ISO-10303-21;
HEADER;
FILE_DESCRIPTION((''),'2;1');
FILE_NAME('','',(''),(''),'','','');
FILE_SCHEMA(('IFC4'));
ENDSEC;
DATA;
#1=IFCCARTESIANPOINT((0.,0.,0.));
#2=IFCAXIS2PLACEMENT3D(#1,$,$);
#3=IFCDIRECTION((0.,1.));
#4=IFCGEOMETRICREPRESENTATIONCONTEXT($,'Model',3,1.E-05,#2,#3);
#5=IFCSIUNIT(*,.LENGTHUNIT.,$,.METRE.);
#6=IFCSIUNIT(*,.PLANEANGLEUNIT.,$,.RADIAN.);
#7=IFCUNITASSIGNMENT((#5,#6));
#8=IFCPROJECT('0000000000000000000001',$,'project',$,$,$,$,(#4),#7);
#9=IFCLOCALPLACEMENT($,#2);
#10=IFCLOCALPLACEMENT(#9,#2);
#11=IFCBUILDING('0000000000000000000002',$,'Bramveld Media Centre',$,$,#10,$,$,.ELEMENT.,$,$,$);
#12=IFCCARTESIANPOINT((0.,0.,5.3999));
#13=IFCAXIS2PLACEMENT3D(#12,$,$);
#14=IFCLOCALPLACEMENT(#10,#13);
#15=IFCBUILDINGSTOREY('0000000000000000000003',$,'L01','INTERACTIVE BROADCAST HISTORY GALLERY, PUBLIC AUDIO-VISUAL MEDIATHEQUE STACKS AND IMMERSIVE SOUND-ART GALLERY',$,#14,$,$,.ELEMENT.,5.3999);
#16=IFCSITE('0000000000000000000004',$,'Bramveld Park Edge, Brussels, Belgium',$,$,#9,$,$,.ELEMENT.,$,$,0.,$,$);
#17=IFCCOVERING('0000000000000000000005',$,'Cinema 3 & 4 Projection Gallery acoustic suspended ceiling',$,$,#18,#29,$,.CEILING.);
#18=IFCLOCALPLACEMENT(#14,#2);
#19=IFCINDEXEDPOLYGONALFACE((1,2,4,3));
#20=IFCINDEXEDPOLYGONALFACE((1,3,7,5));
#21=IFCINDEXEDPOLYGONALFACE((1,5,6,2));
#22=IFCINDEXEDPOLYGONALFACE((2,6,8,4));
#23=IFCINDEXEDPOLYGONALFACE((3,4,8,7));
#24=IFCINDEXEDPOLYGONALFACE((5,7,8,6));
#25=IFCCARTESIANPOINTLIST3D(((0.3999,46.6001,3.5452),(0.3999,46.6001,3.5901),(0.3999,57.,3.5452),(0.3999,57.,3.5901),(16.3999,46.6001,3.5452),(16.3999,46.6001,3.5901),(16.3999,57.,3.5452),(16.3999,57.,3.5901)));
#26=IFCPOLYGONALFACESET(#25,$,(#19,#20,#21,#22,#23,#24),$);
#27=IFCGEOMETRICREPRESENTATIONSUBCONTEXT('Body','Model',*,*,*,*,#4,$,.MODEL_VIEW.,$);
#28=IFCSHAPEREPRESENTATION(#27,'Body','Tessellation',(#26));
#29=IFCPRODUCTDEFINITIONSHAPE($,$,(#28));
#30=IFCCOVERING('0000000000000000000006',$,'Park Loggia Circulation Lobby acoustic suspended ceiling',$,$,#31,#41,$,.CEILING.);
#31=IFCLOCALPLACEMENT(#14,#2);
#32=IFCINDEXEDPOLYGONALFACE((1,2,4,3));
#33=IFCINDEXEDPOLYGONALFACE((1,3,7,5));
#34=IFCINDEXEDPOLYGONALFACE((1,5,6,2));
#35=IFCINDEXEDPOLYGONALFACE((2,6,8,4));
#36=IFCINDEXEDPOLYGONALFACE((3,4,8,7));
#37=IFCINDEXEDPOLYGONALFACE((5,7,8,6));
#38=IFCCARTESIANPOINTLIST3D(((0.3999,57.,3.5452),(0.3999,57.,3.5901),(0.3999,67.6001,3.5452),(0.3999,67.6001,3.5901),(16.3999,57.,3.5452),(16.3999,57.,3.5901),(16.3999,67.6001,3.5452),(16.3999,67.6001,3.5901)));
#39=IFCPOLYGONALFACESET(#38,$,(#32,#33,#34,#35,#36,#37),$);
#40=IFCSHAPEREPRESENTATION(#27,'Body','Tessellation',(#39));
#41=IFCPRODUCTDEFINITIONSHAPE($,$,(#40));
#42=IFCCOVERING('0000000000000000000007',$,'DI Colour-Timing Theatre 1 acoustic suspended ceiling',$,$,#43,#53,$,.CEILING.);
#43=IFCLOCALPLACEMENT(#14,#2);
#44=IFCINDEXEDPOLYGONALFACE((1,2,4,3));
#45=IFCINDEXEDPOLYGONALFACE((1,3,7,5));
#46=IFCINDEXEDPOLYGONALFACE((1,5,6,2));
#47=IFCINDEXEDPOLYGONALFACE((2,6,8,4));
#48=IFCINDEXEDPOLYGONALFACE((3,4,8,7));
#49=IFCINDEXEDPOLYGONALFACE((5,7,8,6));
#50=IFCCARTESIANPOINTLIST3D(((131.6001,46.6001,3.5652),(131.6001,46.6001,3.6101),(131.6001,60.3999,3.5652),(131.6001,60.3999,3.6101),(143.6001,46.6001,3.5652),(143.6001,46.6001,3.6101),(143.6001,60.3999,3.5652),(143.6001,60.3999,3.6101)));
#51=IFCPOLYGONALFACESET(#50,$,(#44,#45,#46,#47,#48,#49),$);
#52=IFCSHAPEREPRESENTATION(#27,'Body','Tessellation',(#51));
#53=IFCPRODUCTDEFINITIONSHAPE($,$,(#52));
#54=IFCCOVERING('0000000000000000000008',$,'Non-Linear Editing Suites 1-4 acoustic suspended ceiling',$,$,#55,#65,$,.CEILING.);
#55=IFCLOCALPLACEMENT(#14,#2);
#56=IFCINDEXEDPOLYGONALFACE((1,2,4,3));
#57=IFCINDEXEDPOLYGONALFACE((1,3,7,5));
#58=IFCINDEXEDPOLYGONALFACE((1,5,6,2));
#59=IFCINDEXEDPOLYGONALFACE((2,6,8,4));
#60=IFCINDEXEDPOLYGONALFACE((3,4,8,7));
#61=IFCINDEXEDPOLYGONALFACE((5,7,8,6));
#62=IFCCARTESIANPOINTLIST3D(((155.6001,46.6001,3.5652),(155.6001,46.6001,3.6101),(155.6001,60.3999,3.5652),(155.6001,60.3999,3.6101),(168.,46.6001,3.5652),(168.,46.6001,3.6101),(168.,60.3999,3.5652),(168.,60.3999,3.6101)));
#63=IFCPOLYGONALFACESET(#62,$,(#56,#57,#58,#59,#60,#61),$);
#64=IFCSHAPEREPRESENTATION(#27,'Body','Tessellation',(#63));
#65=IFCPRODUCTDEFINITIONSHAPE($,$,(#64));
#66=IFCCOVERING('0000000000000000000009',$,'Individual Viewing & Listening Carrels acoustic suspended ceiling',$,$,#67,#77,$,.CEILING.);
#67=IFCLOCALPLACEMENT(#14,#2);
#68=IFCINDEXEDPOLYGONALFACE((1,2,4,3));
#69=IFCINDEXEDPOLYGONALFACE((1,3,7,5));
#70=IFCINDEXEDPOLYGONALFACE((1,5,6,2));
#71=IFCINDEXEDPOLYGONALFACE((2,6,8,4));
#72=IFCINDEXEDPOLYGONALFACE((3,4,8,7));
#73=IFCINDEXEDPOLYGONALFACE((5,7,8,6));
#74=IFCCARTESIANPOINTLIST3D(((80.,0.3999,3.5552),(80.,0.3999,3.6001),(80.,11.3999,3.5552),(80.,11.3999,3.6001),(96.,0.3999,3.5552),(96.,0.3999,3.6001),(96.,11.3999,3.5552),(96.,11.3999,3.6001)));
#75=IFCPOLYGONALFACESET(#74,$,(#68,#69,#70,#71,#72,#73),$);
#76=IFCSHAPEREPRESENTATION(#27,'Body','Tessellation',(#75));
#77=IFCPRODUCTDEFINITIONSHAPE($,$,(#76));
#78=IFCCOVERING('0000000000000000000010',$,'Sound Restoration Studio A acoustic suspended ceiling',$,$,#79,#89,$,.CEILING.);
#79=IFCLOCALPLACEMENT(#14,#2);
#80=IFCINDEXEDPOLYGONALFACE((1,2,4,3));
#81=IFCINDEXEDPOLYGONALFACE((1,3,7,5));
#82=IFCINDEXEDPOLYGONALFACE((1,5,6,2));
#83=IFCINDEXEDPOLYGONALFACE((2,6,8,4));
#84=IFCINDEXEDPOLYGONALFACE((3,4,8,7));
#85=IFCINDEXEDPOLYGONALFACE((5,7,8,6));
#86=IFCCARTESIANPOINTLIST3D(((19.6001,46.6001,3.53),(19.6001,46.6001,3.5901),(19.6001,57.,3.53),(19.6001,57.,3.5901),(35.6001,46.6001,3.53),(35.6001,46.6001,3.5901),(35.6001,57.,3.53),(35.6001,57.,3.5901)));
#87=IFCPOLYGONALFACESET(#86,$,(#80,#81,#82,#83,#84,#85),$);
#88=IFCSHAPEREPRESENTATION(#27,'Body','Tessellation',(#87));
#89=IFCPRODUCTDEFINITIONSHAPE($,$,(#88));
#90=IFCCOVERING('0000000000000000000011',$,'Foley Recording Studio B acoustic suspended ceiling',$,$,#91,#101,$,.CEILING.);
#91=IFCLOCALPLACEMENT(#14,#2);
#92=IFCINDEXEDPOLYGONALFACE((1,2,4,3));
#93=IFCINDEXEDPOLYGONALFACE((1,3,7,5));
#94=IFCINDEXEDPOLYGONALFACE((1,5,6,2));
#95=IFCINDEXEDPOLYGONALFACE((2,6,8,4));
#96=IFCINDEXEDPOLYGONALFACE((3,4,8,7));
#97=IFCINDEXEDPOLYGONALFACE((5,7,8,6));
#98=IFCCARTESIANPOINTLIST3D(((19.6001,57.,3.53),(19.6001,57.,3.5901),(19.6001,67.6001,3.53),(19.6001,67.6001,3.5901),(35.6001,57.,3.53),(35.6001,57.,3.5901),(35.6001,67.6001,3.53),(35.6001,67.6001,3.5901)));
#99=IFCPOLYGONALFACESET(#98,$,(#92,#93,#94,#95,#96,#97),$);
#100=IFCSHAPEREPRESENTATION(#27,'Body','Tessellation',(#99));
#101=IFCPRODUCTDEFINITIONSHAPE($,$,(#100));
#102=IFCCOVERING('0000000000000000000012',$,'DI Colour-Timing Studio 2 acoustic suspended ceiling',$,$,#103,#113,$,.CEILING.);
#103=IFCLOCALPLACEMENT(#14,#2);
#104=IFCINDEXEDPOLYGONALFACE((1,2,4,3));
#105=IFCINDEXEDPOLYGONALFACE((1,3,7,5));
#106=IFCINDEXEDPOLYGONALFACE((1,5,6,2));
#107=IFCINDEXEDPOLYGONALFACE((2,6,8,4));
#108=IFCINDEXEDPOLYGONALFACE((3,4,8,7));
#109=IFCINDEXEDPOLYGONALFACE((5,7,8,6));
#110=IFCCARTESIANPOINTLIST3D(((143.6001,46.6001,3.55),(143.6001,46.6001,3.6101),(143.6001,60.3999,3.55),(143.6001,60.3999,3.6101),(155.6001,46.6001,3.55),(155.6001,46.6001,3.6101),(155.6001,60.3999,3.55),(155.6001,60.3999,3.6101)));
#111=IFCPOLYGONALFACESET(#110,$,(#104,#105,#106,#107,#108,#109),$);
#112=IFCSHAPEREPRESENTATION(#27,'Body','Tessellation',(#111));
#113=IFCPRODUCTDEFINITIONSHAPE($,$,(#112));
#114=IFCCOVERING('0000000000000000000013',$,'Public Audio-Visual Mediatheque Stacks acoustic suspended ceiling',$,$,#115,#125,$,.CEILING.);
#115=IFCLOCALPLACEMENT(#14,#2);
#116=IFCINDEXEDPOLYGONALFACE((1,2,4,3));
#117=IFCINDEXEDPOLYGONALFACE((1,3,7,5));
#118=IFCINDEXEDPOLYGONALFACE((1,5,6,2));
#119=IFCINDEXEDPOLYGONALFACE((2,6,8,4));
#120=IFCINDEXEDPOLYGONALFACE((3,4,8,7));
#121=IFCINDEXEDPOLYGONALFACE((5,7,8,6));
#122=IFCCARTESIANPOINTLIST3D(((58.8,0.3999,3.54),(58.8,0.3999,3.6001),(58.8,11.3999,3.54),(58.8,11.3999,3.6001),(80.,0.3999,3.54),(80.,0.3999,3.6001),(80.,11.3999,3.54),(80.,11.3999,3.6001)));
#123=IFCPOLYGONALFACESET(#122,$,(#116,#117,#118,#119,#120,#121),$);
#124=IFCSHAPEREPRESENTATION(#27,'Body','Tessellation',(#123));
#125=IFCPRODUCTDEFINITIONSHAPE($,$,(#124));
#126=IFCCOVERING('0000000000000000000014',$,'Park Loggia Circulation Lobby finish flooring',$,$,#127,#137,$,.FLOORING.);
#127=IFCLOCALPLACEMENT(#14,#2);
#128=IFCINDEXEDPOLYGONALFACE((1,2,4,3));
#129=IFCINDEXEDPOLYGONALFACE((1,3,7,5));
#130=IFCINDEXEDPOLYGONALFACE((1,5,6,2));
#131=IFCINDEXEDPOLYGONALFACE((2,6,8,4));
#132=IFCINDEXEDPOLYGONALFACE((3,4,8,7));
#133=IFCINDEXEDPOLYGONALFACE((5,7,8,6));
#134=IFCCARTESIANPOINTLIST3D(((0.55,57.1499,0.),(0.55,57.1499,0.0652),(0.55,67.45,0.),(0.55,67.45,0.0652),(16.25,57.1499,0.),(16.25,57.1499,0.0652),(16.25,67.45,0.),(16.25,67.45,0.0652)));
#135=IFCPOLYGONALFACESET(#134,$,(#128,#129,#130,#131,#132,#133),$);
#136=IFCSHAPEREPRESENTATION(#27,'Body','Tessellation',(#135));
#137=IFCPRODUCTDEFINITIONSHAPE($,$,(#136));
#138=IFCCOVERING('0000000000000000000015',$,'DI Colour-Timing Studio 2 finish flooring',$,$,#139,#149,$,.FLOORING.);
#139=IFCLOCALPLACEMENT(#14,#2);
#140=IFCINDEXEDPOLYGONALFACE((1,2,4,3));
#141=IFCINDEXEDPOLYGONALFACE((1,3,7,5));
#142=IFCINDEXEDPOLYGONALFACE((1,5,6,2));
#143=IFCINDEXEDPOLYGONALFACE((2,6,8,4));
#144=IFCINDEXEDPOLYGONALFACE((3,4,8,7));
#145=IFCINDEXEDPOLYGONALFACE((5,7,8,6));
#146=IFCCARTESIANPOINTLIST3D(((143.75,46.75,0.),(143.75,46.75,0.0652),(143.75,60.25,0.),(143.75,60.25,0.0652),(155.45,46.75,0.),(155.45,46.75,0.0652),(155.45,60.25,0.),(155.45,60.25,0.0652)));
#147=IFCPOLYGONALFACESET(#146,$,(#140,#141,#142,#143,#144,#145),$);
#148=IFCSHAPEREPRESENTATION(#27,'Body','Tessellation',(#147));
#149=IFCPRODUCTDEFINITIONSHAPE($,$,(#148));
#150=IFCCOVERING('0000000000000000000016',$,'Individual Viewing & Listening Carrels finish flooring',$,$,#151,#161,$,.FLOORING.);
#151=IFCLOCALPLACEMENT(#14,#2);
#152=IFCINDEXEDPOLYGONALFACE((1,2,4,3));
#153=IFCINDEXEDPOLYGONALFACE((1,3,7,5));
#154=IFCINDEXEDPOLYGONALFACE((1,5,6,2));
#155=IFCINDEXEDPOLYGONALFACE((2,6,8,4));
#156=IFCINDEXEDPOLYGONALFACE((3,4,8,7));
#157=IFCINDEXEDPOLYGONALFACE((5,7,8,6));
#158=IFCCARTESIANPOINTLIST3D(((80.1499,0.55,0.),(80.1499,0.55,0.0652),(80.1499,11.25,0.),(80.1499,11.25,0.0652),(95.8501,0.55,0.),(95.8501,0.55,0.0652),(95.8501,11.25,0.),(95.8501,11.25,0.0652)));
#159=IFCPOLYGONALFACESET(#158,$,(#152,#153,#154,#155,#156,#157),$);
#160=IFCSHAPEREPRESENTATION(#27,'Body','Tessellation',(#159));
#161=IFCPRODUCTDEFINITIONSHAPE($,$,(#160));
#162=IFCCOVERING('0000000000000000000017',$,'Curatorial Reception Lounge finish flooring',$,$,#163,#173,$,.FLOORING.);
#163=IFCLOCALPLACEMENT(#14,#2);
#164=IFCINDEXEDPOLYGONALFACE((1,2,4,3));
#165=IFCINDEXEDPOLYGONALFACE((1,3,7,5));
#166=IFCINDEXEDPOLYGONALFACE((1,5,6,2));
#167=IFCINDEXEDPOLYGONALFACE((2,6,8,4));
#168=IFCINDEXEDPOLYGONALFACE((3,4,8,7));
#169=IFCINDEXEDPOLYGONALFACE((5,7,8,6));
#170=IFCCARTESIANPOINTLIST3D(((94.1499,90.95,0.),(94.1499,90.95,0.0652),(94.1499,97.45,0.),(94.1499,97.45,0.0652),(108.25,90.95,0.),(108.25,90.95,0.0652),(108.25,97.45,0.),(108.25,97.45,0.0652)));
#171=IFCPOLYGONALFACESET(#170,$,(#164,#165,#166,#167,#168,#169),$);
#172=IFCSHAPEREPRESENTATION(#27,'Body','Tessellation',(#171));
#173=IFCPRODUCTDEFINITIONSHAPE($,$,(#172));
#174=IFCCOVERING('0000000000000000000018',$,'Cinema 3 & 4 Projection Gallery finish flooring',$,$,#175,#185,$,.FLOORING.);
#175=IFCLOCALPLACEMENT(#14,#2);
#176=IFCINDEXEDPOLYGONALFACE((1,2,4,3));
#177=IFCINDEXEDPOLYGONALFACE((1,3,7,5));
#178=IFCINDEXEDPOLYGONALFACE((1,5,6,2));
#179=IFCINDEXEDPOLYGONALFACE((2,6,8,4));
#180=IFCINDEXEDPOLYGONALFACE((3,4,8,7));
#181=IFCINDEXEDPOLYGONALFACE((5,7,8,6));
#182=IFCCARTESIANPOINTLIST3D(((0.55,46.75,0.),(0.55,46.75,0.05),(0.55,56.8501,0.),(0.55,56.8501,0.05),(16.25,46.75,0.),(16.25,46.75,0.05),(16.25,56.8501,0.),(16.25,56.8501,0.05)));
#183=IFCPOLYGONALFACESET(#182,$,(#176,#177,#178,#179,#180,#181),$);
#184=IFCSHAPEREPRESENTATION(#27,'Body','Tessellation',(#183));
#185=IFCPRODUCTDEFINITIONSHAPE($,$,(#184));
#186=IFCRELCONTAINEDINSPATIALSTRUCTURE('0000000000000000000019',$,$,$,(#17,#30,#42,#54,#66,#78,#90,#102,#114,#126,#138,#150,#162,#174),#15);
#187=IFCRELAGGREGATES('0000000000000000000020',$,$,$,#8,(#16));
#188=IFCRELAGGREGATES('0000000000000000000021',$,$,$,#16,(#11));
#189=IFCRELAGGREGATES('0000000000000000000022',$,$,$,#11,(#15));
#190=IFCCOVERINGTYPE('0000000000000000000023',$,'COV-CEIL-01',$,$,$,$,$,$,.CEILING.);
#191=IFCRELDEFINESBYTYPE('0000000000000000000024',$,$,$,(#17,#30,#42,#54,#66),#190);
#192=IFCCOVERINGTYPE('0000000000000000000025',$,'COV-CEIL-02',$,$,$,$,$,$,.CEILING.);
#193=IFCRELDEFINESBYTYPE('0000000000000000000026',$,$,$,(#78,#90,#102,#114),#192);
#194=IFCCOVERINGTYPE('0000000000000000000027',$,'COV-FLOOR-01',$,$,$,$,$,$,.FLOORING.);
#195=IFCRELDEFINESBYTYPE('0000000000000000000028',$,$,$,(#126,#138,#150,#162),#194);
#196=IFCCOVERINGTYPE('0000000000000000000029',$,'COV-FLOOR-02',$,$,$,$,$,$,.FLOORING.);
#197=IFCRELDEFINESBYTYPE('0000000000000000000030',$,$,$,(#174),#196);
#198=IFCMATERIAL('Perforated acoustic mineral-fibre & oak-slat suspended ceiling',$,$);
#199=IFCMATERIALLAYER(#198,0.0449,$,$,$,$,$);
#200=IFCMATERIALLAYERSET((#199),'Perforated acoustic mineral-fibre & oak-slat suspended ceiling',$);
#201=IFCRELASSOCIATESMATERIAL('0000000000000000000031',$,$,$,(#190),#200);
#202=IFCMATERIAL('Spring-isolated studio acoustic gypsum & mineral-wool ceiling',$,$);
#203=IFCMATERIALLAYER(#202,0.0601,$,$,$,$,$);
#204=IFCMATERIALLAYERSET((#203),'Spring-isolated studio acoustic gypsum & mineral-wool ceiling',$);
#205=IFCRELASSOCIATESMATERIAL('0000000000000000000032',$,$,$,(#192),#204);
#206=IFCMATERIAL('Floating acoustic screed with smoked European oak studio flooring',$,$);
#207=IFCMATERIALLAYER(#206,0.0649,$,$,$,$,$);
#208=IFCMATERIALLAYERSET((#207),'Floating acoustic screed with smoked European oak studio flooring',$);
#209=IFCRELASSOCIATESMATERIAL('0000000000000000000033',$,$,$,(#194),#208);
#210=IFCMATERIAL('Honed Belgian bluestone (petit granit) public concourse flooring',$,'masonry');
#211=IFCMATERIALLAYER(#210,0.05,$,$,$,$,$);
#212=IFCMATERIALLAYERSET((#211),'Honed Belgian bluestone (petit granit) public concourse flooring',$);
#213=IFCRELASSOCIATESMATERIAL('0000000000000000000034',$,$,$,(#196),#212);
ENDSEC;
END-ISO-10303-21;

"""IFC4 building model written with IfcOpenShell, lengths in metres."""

from ifc_helpers import new_model, si_unit, direction, frame, origin, place, context, subcontext, project, spatial, polyline, outline, extrude, material, layer, layer_set, type_object, element, save


model = new_model("IFC4")

# Units and contexts
model_context = context("Model", 3, precision=1e-05, world=origin(), true_north=direction((0.0, 1.0)))
body_context = subcontext(model_context, "Body", "Model", "MODEL_VIEW")
ifc_project = project(units=[si_unit("LENGTHUNIT", "METRE"), si_unit("PLANEANGLEUNIT", "RADIAN")], contexts=[model_context])

# Site, building, storey
site_placement = place(None, origin())
site = spatial("IfcSite", under=ifc_project, at=site_placement, Name="Bramveld Park Edge, Brussels, Belgium", CompositionType="ELEMENT", RefElevation=0.0)
building_placement = place(site_placement, origin())
building = spatial("IfcBuilding", under=site, at=building_placement, Name="Bramveld Media Centre", CompositionType="ELEMENT")
storey_placement = place(building_placement, frame((0.0, 0.0, 5.3999)))
storey = spatial("IfcBuildingStorey", under=building, at=storey_placement, Name="L01", Description="INTERACTIVE BROADCAST HISTORY GALLERY, PUBLIC AUDIO-VISUAL MEDIATHEQUE STACKS AND IMMERSIVE SOUND-ART GALLERY", CompositionType="ELEMENT", Elevation=5.3999)

# Coverings
ifc_material_1 = material(Name="Perforated acoustic mineral-fibre & oak-slat suspended ceiling")
ifc_layer_1 = layer(ifc_material_1, 0.0449)
ifc_layer_set_1 = layer_set([ifc_layer_1], Name="Perforated acoustic mineral-fibre & oak-slat suspended ceiling")
covering_type_1 = type_object("IfcCoveringType", Name="COV-CEIL-01", PredefinedType="CEILING", material=ifc_layer_set_1)
covering_1_placement = place(storey_placement, frame((0.0, 0.0, 3.5452)))
element("IfcCovering", 1, at=covering_1_placement, inside=storey, type_object=covering_type_1, Name="Cinema 3 & 4 Projection Gallery acoustic suspended ceiling", PredefinedType="CEILING", context=body_context, shape_type="SweptSolid", body=[
    extrude(outline(polyline([(0.3999, 46.6001), (16.3999, 46.6001), (16.3999, 57.0), (0.3999, 57.0), (0.3999, 46.6001)])), origin(), (0.0, 0.0, 1.0), 0.0449),
])
covering_2_placement = place(storey_placement, frame((0.0, 0.0, 3.5452)))
element("IfcCovering", 2, at=covering_2_placement, inside=storey, type_object=covering_type_1, Name="Park Loggia Circulation Lobby acoustic suspended ceiling", PredefinedType="CEILING", context=body_context, shape_type="SweptSolid", body=[
    extrude(outline(polyline([(0.3999, 57.0), (16.3999, 57.0), (16.3999, 67.6001), (0.3999, 67.6001), (0.3999, 57.0)])), origin(), (0.0, 0.0, 1.0), 0.0449),
])
covering_3_placement = place(storey_placement, frame((0.0, 0.0, 3.5652)))
element("IfcCovering", 3, at=covering_3_placement, inside=storey, type_object=covering_type_1, Name="DI Colour-Timing Theatre 1 acoustic suspended ceiling", PredefinedType="CEILING", context=body_context, shape_type="SweptSolid", body=[
    extrude(outline(polyline([(131.6001, 46.6001), (143.6001, 46.6001), (143.6001, 60.3999), (131.6001, 60.3999), (131.6001, 46.6001)])), origin(), (0.0, 0.0, 1.0), 0.0449),
])
covering_4_placement = place(storey_placement, frame((0.0, 0.0, 3.5652)))
element("IfcCovering", 4, at=covering_4_placement, inside=storey, type_object=covering_type_1, Name="Non-Linear Editing Suites 1-4 acoustic suspended ceiling", PredefinedType="CEILING", context=body_context, shape_type="SweptSolid", body=[
    extrude(outline(polyline([(155.6001, 46.6001), (168.0, 46.6001), (168.0, 60.3999), (155.6001, 60.3999), (155.6001, 46.6001)])), origin(), (0.0, 0.0, 1.0), 0.0449),
])
covering_5_placement = place(storey_placement, frame((0.0, 0.0, 3.5552)))
element("IfcCovering", 5, at=covering_5_placement, inside=storey, type_object=covering_type_1, Name="Individual Viewing & Listening Carrels acoustic suspended ceiling", PredefinedType="CEILING", context=body_context, shape_type="SweptSolid", body=[
    extrude(outline(polyline([(80.0, 0.3999), (96.0, 0.3999), (96.0, 11.3999), (80.0, 11.3999), (80.0, 0.3999)])), origin(), (0.0, 0.0, 1.0), 0.0449),
])
ifc_material_2 = material(Name="Spring-isolated studio acoustic gypsum & mineral-wool ceiling")
ifc_layer_2 = layer(ifc_material_2, 0.0601)
ifc_layer_set_2 = layer_set([ifc_layer_2], Name="Spring-isolated studio acoustic gypsum & mineral-wool ceiling")
covering_type_2 = type_object("IfcCoveringType", Name="COV-CEIL-02", PredefinedType="CEILING", material=ifc_layer_set_2)
covering_6_placement = place(storey_placement, frame((0.0, 0.0, 3.53)))
element("IfcCovering", 6, at=covering_6_placement, inside=storey, type_object=covering_type_2, Name="Sound Restoration Studio A acoustic suspended ceiling", PredefinedType="CEILING", context=body_context, shape_type="SweptSolid", body=[
    extrude(outline(polyline([(19.6001, 46.6001), (35.6001, 46.6001), (35.6001, 57.0), (19.6001, 57.0), (19.6001, 46.6001)])), origin(), (0.0, 0.0, 1.0), 0.0601),
])
covering_7_placement = place(storey_placement, frame((0.0, 0.0, 3.53)))
element("IfcCovering", 7, at=covering_7_placement, inside=storey, type_object=covering_type_2, Name="Foley Recording Studio B acoustic suspended ceiling", PredefinedType="CEILING", context=body_context, shape_type="SweptSolid", body=[
    extrude(outline(polyline([(19.6001, 57.0), (35.6001, 57.0), (35.6001, 67.6001), (19.6001, 67.6001), (19.6001, 57.0)])), origin(), (0.0, 0.0, 1.0), 0.0601),
])
covering_8_placement = place(storey_placement, frame((0.0, 0.0, 3.55)))
element("IfcCovering", 8, at=covering_8_placement, inside=storey, type_object=covering_type_2, Name="DI Colour-Timing Studio 2 acoustic suspended ceiling", PredefinedType="CEILING", context=body_context, shape_type="SweptSolid", body=[
    extrude(outline(polyline([(143.6001, 46.6001), (155.6001, 46.6001), (155.6001, 60.3999), (143.6001, 60.3999), (143.6001, 46.6001)])), origin(), (0.0, 0.0, 1.0), 0.0601),
])
covering_9_placement = place(storey_placement, frame((0.0, 0.0, 3.54)))
element("IfcCovering", 9, at=covering_9_placement, inside=storey, type_object=covering_type_2, Name="Public Audio-Visual Mediatheque Stacks acoustic suspended ceiling", PredefinedType="CEILING", context=body_context, shape_type="SweptSolid", body=[
    extrude(outline(polyline([(58.8, 0.3999), (80.0, 0.3999), (80.0, 11.3999), (58.8, 11.3999), (58.8, 0.3999)])), origin(), (0.0, 0.0, 1.0), 0.0601),
])
ifc_material_3 = material(Name="Floating acoustic screed with smoked European oak studio flooring")
ifc_layer_3 = layer(ifc_material_3, 0.0649)
ifc_layer_set_3 = layer_set([ifc_layer_3], Name="Floating acoustic screed with smoked European oak studio flooring")
covering_type_3 = type_object("IfcCoveringType", Name="COV-FLOOR-01", PredefinedType="FLOORING", material=ifc_layer_set_3)
covering_10_placement = place(storey_placement, origin())
element("IfcCovering", 10, at=covering_10_placement, inside=storey, type_object=covering_type_3, Name="Park Loggia Circulation Lobby finish flooring", PredefinedType="FLOORING", context=body_context, shape_type="SweptSolid", body=[
    extrude(outline(polyline([(0.55, 57.1499), (16.25, 57.1499), (16.25, 67.45), (0.55, 67.45), (0.55, 57.1499)])), origin(), (0.0, 0.0, 1.0), 0.0652),
])
covering_11_placement = place(storey_placement, origin())
element("IfcCovering", 11, at=covering_11_placement, inside=storey, type_object=covering_type_3, Name="DI Colour-Timing Studio 2 finish flooring", PredefinedType="FLOORING", context=body_context, shape_type="SweptSolid", body=[
    extrude(outline(polyline([(143.75, 46.75), (155.45, 46.75), (155.45, 60.25), (143.75, 60.25), (143.75, 46.75)])), origin(), (0.0, 0.0, 1.0), 0.0652),
])
covering_12_placement = place(storey_placement, origin())
element("IfcCovering", 12, at=covering_12_placement, inside=storey, type_object=covering_type_3, Name="Individual Viewing & Listening Carrels finish flooring", PredefinedType="FLOORING", context=body_context, shape_type="SweptSolid", body=[
    extrude(outline(polyline([(80.1499, 0.55), (95.8501, 0.55), (95.8501, 11.25), (80.1499, 11.25), (80.1499, 0.55)])), origin(), (0.0, 0.0, 1.0), 0.0652),
])
covering_13_placement = place(storey_placement, origin())
element("IfcCovering", 13, at=covering_13_placement, inside=storey, type_object=covering_type_3, Name="Curatorial Reception Lounge finish flooring", PredefinedType="FLOORING", context=body_context, shape_type="SweptSolid", body=[
    extrude(outline(polyline([(94.1499, 90.95), (108.25, 90.95), (108.25, 97.45), (94.1499, 97.45), (94.1499, 90.95)])), origin(), (0.0, 0.0, 1.0), 0.0652),
])
ifc_material_4 = material(Name="Honed Belgian bluestone (petit granit) public concourse flooring", Category="masonry")
ifc_layer_4 = layer(ifc_material_4, 0.05)
ifc_layer_set_4 = layer_set([ifc_layer_4], Name="Honed Belgian bluestone (petit granit) public concourse flooring")
covering_type_4 = type_object("IfcCoveringType", Name="COV-FLOOR-02", PredefinedType="FLOORING", material=ifc_layer_set_4)
covering_14_placement = place(storey_placement, origin())
element("IfcCovering", 14, at=covering_14_placement, inside=storey, type_object=covering_type_4, Name="Cinema 3 & 4 Projection Gallery finish flooring", PredefinedType="FLOORING", context=body_context, shape_type="SweptSolid", body=[
    extrude(outline(polyline([(0.55, 46.75), (16.25, 46.75), (16.25, 56.8501), (0.55, 56.8501), (0.55, 46.75)])), origin(), (0.0, 0.0, 1.0), 0.05),
])

save(model, "model.ifc")
